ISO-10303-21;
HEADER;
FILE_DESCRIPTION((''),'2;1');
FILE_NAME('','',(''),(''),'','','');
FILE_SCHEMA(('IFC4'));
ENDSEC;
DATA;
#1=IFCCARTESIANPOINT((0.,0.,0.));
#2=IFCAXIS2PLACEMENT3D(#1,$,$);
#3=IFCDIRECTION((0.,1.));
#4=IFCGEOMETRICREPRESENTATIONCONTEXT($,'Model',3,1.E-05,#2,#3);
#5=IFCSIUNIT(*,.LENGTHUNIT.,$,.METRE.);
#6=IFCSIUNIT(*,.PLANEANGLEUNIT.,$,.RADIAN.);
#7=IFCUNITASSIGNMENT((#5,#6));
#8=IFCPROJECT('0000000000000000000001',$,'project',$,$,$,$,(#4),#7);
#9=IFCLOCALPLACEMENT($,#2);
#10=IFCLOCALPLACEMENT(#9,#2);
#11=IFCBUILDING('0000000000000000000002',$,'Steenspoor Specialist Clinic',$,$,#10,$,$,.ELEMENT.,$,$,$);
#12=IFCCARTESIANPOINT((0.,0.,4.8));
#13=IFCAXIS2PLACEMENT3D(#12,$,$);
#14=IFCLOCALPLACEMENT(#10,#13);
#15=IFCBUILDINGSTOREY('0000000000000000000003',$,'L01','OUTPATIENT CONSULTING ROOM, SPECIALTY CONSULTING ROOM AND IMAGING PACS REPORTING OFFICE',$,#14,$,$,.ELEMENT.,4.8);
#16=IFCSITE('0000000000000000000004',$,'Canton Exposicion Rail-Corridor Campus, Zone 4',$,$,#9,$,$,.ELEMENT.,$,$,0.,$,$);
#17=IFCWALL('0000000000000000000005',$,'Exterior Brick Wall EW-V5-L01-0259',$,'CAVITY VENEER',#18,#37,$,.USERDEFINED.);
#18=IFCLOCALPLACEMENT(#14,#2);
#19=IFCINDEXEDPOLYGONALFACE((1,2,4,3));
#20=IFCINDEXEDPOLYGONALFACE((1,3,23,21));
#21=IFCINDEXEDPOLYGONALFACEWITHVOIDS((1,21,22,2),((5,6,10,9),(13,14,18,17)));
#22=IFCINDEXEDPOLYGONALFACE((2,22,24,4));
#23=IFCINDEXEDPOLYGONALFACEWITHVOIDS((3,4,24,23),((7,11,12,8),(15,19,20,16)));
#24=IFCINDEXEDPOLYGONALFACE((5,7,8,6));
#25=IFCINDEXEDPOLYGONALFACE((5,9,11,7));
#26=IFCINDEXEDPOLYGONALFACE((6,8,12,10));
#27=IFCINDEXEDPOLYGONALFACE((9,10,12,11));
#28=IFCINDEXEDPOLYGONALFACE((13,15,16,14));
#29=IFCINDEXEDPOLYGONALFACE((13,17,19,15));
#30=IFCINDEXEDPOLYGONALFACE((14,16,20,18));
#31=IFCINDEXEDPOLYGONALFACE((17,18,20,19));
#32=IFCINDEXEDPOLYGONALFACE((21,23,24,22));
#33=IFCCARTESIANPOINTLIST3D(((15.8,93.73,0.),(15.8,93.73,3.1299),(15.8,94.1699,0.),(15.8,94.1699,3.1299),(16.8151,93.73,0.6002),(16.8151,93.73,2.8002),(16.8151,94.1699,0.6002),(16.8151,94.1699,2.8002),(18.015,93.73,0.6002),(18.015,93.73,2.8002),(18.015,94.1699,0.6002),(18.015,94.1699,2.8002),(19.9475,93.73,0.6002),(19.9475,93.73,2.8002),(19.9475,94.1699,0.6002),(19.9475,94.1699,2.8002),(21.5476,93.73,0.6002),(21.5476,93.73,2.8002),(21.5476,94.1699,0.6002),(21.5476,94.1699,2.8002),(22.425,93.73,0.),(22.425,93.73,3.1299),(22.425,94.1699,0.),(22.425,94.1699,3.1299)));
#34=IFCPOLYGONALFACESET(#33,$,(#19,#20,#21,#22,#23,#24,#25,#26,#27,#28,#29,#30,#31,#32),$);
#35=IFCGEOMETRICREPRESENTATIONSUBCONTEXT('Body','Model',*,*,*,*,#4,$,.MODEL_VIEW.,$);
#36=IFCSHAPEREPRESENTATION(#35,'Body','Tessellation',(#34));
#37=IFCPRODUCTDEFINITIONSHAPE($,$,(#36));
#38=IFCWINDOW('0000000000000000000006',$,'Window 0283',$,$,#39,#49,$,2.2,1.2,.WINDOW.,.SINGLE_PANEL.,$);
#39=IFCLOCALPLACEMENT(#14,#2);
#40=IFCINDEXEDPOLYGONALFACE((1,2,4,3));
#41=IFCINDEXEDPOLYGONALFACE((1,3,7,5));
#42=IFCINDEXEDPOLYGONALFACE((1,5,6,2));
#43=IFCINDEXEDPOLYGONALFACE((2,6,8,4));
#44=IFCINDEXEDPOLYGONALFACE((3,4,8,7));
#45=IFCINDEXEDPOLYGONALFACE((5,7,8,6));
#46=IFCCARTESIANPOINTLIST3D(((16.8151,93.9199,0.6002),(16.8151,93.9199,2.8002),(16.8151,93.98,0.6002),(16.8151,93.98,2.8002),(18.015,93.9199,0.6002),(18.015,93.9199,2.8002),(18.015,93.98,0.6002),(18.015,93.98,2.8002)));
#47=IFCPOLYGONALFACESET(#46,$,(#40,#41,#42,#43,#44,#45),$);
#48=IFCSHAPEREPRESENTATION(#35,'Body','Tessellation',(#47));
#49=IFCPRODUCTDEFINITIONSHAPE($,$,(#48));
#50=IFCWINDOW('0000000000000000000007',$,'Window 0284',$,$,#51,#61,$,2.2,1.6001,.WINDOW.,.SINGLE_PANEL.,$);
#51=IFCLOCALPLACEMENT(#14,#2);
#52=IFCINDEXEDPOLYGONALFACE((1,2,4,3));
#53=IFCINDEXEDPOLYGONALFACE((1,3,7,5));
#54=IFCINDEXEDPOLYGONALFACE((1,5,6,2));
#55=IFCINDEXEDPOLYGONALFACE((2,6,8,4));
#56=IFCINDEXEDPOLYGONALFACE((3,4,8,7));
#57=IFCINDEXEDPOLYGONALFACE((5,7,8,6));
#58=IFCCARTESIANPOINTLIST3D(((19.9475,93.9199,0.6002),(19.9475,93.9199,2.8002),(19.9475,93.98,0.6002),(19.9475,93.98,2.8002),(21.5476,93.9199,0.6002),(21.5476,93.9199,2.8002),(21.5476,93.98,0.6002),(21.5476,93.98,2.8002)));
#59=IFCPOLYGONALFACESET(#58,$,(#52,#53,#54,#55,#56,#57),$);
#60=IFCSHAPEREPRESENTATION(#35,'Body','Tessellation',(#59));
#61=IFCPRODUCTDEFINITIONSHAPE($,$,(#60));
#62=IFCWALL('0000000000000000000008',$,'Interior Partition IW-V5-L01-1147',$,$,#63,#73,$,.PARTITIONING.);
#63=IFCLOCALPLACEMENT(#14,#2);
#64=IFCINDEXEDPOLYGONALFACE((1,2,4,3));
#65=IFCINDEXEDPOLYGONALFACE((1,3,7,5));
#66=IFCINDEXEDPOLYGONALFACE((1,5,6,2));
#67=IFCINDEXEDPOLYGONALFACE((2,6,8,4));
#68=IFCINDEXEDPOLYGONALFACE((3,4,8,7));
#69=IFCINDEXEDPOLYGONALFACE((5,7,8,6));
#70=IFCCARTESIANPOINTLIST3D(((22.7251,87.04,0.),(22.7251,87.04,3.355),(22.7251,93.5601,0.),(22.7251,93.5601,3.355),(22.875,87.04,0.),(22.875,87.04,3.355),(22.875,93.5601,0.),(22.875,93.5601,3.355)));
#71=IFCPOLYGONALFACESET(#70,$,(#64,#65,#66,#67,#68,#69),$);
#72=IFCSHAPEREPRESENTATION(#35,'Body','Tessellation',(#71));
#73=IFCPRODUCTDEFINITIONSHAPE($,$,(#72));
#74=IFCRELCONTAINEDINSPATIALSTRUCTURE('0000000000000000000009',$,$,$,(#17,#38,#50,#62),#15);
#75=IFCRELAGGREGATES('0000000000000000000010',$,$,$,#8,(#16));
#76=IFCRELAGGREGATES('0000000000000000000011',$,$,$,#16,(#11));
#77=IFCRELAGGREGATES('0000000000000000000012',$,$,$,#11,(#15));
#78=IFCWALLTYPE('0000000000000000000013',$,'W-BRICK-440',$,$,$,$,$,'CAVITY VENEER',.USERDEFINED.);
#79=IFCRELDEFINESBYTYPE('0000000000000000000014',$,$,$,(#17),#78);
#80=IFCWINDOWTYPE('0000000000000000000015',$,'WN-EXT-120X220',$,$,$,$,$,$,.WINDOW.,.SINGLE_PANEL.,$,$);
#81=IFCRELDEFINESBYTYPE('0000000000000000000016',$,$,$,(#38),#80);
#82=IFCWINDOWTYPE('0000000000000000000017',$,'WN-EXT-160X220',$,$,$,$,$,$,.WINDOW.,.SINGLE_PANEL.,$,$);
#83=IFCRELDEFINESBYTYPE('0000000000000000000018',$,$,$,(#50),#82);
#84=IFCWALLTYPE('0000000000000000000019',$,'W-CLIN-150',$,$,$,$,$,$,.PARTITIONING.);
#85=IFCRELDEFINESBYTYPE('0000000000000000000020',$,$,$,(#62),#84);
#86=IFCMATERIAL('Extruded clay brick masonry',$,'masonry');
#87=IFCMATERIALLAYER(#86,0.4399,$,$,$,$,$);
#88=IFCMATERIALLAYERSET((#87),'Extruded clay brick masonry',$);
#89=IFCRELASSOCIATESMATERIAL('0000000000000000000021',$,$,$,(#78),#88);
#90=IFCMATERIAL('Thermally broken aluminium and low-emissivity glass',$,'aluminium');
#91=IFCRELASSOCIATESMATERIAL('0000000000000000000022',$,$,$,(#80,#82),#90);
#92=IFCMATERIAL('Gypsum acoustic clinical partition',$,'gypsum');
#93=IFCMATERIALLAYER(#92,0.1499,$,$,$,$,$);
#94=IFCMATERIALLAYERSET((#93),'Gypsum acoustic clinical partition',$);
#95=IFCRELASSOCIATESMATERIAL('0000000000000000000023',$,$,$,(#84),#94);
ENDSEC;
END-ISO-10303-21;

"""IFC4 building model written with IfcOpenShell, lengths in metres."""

from ifc_helpers import new_model, si_unit, direction, frame, frame_2d, origin, place, context, subcontext, project, spatial, rectangle, extrude, material, layer, layer_set, type_object, element, fill, save


model = new_model("IFC4")

# Units and contexts
model_context = context("Model", 3, precision=1e-05, world=origin(), true_north=direction((0.0, 1.0)))
body_context = subcontext(model_context, "Body", "Model", "MODEL_VIEW")
ifc_project = project(units=[si_unit("LENGTHUNIT", "METRE"), si_unit("PLANEANGLEUNIT", "RADIAN")], contexts=[model_context])

# Site, building, storey
site_placement = place(None, origin())
site = spatial("IfcSite", under=ifc_project, at=site_placement, Name="Canton Exposicion Rail-Corridor Campus, Zone 4", CompositionType="ELEMENT", RefElevation=0.0)
building_placement = place(site_placement, origin())
building = spatial("IfcBuilding", under=site, at=building_placement, Name="Steenspoor Specialist Clinic", CompositionType="ELEMENT")
storey_placement = place(building_placement, frame((0.0, 0.0, 4.8)))
storey = spatial("IfcBuildingStorey", under=building, at=storey_placement, Name="L01", Description="OUTPATIENT CONSULTING ROOM, SPECIALTY CONSULTING ROOM AND IMAGING PACS REPORTING OFFICE", CompositionType="ELEMENT", Elevation=4.8)

# Shared definitions
ifc_material_1 = material(Name="Thermally broken aluminium and low-emissivity glass", Category="aluminium")

# Wall, openings, windows
ifc_material_2 = material(Name="Extruded clay brick masonry", Category="masonry")
ifc_layer_1 = layer(ifc_material_2, 0.4399)
ifc_layer_set_1 = layer_set([ifc_layer_1], Name="Extruded clay brick masonry")
wall_type_1 = type_object("IfcWallType", Name="W-BRICK-440", ElementType="CAVITY VENEER", PredefinedType="USERDEFINED", material=ifc_layer_set_1)
wall_1_placement = place(storey_placement, frame((15.8, 93.95, 0.0), z_axis=(0.0, 0.0, 1.0), x_axis=(1.0, 0.0, 0.0)))
wall_1 = element("IfcWall", 1, at=wall_1_placement, inside=storey, type_object=wall_type_1, Name="Exterior Brick Wall EW-V5-L01-0259", ObjectType="CAVITY VENEER", PredefinedType="USERDEFINED", context=body_context, shape_type="SweptSolid", body=[
    extrude(rectangle(XDim=6.625, YDim=0.4399, at=frame_2d((3.3125, 0.0))), origin(), (0.0, 0.0, 1.0), 3.1299),
])
opening_1_placement = place(wall_1_placement, frame((1.0149, 0.0, 0.6001)))
opening_1 = element("IfcOpeningElement", 2, at=opening_1_placement, cuts=wall_1, PredefinedType="OPENING", context=body_context, shape_type="SweptSolid", body=[
    extrude(rectangle(XDim=1.2, YDim=2.2, at=frame_2d((0.6001, 1.1001))), frame((0.0, 0.23, 0.0), z_axis=(0.0, -1.0, 0.0), x_axis=(1.0, 0.0, 0.0)), (0.0, 0.0, 1.0), 0.46),
])
opening_2_placement = place(wall_1_placement, frame((4.1475, 0.0, 0.6001)))
opening_2 = element("IfcOpeningElement", 3, at=opening_2_placement, cuts=wall_1, PredefinedType="OPENING", context=body_context, shape_type="SweptSolid", body=[
    extrude(rectangle(XDim=1.6001, YDim=2.2, at=frame_2d((0.8, 1.1001))), frame((0.0, 0.23, 0.0), z_axis=(0.0, -1.0, 0.0), x_axis=(1.0, 0.0, 0.0)), (0.0, 0.0, 1.0), 0.46),
])
window_type_1 = type_object("IfcWindowType", Name="WN-EXT-120X220", PartitioningType="SINGLE_PANEL", PredefinedType="WINDOW", material=ifc_material_1)
window_1_placement = place(opening_1_placement, origin())
window_1 = element("IfcWindow", 4, at=window_1_placement, inside=storey, type_object=window_type_1, Name="Window 0283", OverallHeight=2.2, OverallWidth=1.2, PartitioningType="SINGLE_PANEL", PredefinedType="WINDOW", context=body_context, shape_type="SweptSolid", body=[
    extrude(rectangle(XDim=1.2, YDim=2.2, at=frame_2d((0.6001, 1.1001))), frame((0.0, 0.03, 0.0), z_axis=(0.0, -1.0, 0.0), x_axis=(1.0, 0.0, 0.0)), (0.0, 0.0, 1.0), 0.0601),
])
fill(opening_1, window_1)
window_type_2 = type_object("IfcWindowType", Name="WN-EXT-160X220", PartitioningType="SINGLE_PANEL", PredefinedType="WINDOW", material=ifc_material_1)
window_2_placement = place(opening_2_placement, origin())
window_2 = element("IfcWindow", 5, at=window_2_placement, inside=storey, type_object=window_type_2, Name="Window 0284", OverallHeight=2.2, OverallWidth=1.6001, PartitioningType="SINGLE_PANEL", PredefinedType="WINDOW", context=body_context, shape_type="SweptSolid", body=[
    extrude(rectangle(XDim=1.6001, YDim=2.2, at=frame_2d((0.8, 1.1001))), frame((0.0, 0.03, 0.0), z_axis=(0.0, -1.0, 0.0), x_axis=(1.0, 0.0, 0.0)), (0.0, 0.0, 1.0), 0.0601),
])
fill(opening_2, window_2)

# Wall
ifc_material_3 = material(Name="Gypsum acoustic clinical partition", Category="gypsum")
ifc_layer_2 = layer(ifc_material_3, 0.1499)
ifc_layer_set_2 = layer_set([ifc_layer_2], Name="Gypsum acoustic clinical partition")
wall_type_2 = type_object("IfcWallType", Name="W-CLIN-150", PredefinedType="PARTITIONING", material=ifc_layer_set_2)
wall_2_placement = place(storey_placement, frame((22.8, 87.04, 0.0), z_axis=(0.0, 0.0, 1.0), x_axis=(0.0, 1.0, 0.0)))
element("IfcWall", 6, at=wall_2_placement, inside=storey, type_object=wall_type_2, Name="Interior Partition IW-V5-L01-1147", PredefinedType="PARTITIONING", context=body_context, shape_type="SweptSolid", body=[
    extrude(rectangle(XDim=6.52, YDim=0.1499, at=frame_2d((3.26, 0.0))), origin(), (0.0, 0.0, 1.0), 3.355),
])

save(model, "model.ifc")
